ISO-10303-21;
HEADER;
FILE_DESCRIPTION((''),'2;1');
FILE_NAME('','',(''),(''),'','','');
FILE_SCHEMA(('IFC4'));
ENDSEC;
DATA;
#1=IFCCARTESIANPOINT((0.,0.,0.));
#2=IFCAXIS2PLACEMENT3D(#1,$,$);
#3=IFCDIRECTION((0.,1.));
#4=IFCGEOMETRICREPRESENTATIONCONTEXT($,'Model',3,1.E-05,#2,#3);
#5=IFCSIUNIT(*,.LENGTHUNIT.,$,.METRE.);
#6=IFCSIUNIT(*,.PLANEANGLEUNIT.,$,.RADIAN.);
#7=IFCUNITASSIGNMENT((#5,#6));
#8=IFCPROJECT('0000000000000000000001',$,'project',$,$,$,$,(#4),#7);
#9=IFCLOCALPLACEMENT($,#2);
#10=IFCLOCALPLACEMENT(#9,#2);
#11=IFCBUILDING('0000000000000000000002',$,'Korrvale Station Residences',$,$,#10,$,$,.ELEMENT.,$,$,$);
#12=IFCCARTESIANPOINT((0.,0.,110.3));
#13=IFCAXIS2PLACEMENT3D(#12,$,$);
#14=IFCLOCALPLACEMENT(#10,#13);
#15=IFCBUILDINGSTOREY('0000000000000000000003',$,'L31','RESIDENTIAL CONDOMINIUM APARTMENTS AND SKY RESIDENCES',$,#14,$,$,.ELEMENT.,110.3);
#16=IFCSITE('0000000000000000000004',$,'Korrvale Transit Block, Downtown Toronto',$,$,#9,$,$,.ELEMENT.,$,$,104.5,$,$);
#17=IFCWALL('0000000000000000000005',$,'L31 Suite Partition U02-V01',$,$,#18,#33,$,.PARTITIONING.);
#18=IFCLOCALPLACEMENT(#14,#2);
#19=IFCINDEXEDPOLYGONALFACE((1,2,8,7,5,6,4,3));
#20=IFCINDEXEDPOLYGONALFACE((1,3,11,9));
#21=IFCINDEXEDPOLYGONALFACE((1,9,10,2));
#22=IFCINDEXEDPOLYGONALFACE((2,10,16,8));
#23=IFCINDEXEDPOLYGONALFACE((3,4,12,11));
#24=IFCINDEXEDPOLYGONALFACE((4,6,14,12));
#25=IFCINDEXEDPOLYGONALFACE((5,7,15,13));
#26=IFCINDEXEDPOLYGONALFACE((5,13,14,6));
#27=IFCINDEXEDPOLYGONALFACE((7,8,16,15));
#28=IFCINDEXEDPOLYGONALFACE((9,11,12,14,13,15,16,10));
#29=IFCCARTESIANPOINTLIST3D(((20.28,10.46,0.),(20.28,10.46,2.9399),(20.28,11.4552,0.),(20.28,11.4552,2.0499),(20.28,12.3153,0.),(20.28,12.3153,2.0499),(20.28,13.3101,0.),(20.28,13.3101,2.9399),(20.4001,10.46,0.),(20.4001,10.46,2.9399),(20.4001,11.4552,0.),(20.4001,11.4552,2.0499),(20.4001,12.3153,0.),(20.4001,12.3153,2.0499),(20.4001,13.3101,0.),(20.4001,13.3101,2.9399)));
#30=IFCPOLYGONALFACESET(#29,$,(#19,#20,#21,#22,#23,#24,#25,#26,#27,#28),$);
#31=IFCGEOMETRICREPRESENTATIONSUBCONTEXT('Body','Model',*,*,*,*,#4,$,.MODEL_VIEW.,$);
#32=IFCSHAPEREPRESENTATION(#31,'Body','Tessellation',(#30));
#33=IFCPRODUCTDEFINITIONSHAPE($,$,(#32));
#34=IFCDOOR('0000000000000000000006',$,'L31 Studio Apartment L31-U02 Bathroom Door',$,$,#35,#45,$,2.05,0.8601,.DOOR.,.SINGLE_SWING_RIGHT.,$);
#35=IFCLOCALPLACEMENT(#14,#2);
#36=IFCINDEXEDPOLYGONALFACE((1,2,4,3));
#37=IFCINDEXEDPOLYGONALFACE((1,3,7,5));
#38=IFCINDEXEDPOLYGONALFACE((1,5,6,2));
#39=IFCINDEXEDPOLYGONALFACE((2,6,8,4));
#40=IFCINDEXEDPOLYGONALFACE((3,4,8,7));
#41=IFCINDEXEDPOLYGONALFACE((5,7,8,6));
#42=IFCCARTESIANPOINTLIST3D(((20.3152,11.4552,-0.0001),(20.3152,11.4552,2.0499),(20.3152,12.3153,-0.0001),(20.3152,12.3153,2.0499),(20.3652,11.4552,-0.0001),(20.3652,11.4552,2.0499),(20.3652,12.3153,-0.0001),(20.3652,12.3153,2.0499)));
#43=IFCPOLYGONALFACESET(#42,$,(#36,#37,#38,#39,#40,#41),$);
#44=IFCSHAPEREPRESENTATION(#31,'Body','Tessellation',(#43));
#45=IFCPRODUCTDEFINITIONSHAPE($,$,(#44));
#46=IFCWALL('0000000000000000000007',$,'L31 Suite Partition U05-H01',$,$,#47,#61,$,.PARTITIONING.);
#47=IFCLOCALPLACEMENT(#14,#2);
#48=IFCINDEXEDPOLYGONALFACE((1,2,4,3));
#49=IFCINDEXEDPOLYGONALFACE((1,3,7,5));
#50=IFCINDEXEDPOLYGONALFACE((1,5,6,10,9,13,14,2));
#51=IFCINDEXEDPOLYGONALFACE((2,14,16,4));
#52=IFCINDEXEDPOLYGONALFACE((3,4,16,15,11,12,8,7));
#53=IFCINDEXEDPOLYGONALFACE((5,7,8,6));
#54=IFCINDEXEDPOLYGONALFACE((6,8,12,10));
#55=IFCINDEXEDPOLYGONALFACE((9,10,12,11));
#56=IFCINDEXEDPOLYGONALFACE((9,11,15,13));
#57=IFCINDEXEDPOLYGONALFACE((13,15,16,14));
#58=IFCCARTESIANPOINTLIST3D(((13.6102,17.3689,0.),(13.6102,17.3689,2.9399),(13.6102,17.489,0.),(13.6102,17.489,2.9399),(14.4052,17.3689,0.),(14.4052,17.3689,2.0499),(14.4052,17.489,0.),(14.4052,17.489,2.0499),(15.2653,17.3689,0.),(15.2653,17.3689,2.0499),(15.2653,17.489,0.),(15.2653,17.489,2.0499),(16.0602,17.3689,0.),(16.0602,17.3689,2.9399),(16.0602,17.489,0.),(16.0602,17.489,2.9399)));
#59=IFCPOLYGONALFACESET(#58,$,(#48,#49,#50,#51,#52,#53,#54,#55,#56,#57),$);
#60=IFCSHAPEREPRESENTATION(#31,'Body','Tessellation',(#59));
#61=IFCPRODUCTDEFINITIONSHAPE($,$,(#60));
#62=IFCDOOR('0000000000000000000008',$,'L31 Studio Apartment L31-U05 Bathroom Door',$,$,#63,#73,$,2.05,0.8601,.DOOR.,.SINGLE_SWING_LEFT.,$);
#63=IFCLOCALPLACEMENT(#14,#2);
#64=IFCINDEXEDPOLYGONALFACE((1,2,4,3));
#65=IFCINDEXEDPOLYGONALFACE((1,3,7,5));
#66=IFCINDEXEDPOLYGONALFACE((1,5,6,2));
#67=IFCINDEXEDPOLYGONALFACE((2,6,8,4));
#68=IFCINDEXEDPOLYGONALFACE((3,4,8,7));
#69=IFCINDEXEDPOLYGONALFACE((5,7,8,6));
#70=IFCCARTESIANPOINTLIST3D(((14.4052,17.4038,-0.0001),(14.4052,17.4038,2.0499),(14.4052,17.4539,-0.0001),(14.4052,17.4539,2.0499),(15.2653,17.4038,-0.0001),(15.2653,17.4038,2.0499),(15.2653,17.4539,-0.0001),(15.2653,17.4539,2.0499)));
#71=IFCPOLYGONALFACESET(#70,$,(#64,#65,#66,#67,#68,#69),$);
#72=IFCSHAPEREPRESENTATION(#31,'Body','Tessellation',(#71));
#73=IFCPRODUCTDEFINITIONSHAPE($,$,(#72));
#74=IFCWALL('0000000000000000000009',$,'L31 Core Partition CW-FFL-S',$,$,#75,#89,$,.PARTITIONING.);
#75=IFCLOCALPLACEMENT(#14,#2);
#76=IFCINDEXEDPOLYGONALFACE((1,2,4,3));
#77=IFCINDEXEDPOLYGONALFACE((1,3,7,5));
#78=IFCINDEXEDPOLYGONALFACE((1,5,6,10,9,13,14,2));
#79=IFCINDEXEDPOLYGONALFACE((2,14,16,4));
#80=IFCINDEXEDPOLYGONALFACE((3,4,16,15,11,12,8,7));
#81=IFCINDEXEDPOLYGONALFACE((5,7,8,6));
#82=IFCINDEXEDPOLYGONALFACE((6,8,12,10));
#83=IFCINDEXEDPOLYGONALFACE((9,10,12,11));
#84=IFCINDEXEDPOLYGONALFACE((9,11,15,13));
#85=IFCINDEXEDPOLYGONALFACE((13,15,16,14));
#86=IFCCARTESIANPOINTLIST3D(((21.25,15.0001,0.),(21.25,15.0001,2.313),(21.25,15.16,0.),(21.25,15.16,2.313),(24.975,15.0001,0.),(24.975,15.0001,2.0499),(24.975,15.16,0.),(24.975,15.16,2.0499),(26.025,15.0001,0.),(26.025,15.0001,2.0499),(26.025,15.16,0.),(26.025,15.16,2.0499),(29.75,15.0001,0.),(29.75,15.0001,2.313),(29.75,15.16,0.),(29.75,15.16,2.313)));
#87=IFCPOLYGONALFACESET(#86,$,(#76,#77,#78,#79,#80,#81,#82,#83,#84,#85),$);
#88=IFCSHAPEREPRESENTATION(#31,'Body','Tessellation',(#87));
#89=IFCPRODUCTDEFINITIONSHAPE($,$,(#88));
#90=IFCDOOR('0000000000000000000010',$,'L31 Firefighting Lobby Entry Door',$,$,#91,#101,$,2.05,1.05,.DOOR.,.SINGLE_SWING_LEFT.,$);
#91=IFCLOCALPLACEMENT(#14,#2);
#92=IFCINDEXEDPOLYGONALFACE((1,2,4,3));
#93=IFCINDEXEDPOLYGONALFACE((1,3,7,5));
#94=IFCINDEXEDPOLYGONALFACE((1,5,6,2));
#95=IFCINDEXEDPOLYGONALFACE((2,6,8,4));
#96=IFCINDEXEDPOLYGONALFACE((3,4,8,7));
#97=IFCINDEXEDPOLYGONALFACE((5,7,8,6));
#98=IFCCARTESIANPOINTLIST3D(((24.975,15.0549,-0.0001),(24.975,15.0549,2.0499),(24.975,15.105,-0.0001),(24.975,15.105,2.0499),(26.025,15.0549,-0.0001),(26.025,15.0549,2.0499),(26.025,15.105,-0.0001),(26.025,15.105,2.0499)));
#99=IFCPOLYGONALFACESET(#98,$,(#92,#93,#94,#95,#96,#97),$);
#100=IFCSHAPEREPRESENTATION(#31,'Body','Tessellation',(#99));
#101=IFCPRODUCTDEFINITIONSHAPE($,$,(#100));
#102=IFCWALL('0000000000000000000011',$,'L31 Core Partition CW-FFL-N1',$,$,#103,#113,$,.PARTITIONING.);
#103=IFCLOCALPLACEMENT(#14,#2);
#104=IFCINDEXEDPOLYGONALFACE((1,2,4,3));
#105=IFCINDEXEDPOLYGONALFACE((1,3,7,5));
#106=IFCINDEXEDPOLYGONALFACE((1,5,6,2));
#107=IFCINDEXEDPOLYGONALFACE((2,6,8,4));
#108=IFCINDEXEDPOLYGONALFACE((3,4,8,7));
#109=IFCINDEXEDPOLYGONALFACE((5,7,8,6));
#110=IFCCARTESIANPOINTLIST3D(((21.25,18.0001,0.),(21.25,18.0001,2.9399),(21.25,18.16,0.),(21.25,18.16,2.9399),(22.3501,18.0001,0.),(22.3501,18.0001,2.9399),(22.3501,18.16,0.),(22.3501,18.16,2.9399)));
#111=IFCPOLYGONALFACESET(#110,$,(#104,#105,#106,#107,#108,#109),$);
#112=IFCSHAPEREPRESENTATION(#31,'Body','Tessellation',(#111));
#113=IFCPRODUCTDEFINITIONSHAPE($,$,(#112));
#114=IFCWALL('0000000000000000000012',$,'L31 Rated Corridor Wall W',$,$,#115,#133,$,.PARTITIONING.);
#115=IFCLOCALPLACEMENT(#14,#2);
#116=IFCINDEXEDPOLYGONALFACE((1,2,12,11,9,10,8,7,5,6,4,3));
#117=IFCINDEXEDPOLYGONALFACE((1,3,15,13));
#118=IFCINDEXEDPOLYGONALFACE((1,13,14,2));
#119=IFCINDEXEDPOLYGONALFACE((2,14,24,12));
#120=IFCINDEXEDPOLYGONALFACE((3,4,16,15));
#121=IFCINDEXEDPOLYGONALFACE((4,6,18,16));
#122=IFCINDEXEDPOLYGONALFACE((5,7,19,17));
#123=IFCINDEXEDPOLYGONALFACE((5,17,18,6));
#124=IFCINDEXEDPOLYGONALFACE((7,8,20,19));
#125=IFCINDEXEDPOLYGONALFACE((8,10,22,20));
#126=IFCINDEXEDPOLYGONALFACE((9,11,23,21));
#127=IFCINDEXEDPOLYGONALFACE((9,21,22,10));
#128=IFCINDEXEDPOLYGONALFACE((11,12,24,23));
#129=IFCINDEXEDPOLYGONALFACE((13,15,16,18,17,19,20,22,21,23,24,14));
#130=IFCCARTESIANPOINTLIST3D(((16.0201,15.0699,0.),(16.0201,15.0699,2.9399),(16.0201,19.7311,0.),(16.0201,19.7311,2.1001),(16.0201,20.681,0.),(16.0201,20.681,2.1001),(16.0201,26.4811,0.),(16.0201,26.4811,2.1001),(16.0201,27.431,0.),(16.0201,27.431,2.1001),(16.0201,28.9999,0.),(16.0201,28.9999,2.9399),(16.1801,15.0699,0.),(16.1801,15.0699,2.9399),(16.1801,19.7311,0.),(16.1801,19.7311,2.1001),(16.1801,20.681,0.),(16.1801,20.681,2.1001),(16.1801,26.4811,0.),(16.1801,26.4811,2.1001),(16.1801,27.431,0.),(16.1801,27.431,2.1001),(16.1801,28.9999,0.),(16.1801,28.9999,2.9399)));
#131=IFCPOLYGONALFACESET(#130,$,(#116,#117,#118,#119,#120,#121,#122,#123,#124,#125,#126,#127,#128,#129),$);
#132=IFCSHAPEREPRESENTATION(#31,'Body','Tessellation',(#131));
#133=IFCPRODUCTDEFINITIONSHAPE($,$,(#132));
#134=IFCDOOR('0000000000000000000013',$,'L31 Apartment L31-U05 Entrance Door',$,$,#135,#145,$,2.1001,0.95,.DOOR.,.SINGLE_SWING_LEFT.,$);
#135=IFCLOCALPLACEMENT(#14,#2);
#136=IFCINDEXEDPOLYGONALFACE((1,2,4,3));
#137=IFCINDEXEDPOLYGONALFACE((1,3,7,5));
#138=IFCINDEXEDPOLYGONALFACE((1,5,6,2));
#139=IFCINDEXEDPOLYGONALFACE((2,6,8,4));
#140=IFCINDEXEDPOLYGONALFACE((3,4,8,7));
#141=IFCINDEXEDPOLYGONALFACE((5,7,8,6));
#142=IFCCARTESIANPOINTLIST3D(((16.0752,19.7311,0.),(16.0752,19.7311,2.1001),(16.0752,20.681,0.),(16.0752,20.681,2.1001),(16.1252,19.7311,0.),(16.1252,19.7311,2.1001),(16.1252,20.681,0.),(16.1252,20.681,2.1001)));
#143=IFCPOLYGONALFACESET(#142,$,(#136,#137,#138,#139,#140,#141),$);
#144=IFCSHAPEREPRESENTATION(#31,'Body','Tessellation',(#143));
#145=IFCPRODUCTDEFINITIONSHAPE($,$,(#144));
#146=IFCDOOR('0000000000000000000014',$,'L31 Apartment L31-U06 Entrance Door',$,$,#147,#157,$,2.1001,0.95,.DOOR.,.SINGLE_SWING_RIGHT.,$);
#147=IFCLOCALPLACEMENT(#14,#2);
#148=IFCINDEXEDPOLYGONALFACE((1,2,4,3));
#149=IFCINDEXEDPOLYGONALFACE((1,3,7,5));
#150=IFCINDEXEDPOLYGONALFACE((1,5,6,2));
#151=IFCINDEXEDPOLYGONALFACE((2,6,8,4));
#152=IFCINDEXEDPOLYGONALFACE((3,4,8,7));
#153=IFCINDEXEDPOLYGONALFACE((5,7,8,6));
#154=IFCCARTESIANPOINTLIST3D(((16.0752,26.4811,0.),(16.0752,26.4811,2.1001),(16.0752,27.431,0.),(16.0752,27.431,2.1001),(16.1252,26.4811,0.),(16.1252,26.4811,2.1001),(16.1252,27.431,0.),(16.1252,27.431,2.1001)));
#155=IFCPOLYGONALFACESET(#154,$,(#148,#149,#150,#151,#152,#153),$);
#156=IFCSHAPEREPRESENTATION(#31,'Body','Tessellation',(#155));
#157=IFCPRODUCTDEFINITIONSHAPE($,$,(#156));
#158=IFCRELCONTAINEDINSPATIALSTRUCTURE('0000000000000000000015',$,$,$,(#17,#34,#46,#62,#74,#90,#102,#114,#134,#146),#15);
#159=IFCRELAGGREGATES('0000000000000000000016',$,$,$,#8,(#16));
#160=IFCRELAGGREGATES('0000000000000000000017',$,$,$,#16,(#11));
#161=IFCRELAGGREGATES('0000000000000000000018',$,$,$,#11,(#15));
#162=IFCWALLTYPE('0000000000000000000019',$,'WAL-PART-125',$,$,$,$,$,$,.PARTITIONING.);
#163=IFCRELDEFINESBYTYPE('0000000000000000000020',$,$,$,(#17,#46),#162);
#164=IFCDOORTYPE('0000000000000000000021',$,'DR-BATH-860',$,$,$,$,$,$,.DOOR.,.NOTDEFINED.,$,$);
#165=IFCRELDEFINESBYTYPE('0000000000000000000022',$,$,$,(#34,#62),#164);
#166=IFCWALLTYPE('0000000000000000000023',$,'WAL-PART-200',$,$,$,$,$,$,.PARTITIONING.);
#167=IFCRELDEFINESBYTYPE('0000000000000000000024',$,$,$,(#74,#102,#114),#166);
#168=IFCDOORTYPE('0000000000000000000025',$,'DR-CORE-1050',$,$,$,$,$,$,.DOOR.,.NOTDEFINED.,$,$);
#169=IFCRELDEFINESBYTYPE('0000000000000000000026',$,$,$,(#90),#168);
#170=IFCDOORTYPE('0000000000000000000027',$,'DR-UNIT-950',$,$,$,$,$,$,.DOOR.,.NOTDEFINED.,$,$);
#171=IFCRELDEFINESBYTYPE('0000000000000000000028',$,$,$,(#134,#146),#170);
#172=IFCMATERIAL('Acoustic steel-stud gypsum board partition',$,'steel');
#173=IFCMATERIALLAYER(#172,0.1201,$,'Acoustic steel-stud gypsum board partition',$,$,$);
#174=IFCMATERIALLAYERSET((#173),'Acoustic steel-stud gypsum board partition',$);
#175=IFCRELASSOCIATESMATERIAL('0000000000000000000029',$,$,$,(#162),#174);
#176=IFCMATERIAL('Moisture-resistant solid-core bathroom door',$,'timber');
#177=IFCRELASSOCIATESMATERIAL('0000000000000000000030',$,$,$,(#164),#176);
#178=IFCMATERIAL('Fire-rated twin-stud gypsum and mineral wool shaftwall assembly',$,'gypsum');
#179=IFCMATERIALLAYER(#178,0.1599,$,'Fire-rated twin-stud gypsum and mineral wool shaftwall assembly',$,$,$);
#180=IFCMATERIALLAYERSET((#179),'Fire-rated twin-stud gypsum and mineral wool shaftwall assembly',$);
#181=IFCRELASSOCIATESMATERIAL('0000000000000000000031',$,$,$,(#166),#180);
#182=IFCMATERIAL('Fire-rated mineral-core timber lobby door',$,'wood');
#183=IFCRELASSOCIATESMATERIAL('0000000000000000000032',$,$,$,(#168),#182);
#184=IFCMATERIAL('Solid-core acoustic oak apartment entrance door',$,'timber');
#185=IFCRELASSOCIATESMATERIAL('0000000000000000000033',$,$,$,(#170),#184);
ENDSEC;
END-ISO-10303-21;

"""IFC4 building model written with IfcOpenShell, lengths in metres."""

from ifc_helpers import new_model, si_unit, direction, frame, frame_2d, origin, place, context, subcontext, project, spatial, rectangle, extrude, material, layer, layer_set, type_object, element, fill, save


model = new_model("IFC4")

# Units and contexts
model_context = context("Model", 3, precision=1e-05, world=origin(), true_north=direction((0.0, 1.0)))
body_context = subcontext(model_context, "Body", "Model", "MODEL_VIEW")
ifc_project = project(units=[si_unit("LENGTHUNIT", "METRE"), si_unit("PLANEANGLEUNIT", "RADIAN")], contexts=[model_context])

# Site, building, storey
site_placement = place(None, origin())
site = spatial("IfcSite", under=ifc_project, at=site_placement, Name="Korrvale Transit Block, Downtown Toronto", CompositionType="ELEMENT", RefElevation=104.5)
building_placement = place(site_placement, origin())
building = spatial("IfcBuilding", under=site, at=building_placement, Name="Korrvale Station Residences", CompositionType="ELEMENT")
storey_placement = place(building_placement, frame((0.0, 0.0, 110.3)))
storey = spatial("IfcBuildingStorey", under=building, at=storey_placement, Name="L31", Description="RESIDENTIAL CONDOMINIUM APARTMENTS AND SKY RESIDENCES", CompositionType="ELEMENT", Elevation=110.3)

# Shared definitions
ifc_material_1 = material(Name="Acoustic steel-stud gypsum board partition", Category="steel")
ifc_layer_1 = layer(ifc_material_1, 0.1201, Name="Acoustic steel-stud gypsum board partition")
ifc_layer_set_1 = layer_set([ifc_layer_1], Name="Acoustic steel-stud gypsum board partition")
wall_type_1 = type_object("IfcWallType", Name="WAL-PART-125", PredefinedType="PARTITIONING", material=ifc_layer_set_1)

# Walls, openings, doors
wall_1_placement = place(storey_placement, frame((20.3401, 10.46, 0.0), z_axis=(0.0, 0.0, 1.0), x_axis=(0.0, 1.0, 0.0)))
wall_1 = element("IfcWall", 1, at=wall_1_placement, inside=storey, type_object=wall_type_1, Name="L31 Suite Partition U02-V01", PredefinedType="PARTITIONING", context=body_context, shape_type="SweptSolid", body=[
    extrude(rectangle(XDim=2.8501, YDim=0.1201, at=frame_2d((1.425, 0.0))), origin(), (0.0, 0.0, 1.0), 2.9399),
])
opening_1_placement = place(wall_1_placement, frame((0.9951, 0.0, 0.0)))
opening_1 = element("IfcOpeningElement", 2, at=opening_1_placement, cuts=wall_1, PredefinedType="OPENING", context=body_context, shape_type="SweptSolid", body=[
    extrude(rectangle(XDim=0.8601, YDim=2.05, at=frame_2d((0.4302, 1.0249))), frame((0.0, 0.0701, 0.0), z_axis=(0.0, -1.0, 0.0), x_axis=(1.0, 0.0, 0.0)), (0.0, 0.0, 1.0), 0.1401),
])
ifc_material_2 = material(Name="Moisture-resistant solid-core bathroom door", Category="timber")
door_type_1 = type_object("IfcDoorType", Name="DR-BATH-860", OperationType="NOTDEFINED", PredefinedType="DOOR", material=ifc_material_2)
door_1_placement = place(opening_1_placement, origin())
door_1 = element("IfcDoor", 3, at=door_1_placement, inside=storey, type_object=door_type_1, Name="L31 Studio Apartment L31-U02 Bathroom Door", OperationType="SINGLE_SWING_RIGHT", OverallHeight=2.05, OverallWidth=0.8601, PredefinedType="DOOR", context=body_context, shape_type="SweptSolid", body=[
    extrude(rectangle(XDim=0.8601, YDim=2.05, at=frame_2d((0.4302, 1.0249))), frame((0.0, 0.0249, 0.0), z_axis=(0.0, -1.0, 0.0), x_axis=(1.0, 0.0, 0.0)), (0.0, 0.0, 1.0), 0.05),
])
fill(opening_1, door_1)
wall_2_placement = place(storey_placement, frame((13.6101, 17.429, 0.0), z_axis=(0.0, 0.0, 1.0), x_axis=(1.0, 0.0, 0.0)))
wall_2 = element("IfcWall", 4, at=wall_2_placement, inside=storey, type_object=wall_type_1, Name="L31 Suite Partition U05-H01", PredefinedType="PARTITIONING", context=body_context, shape_type="SweptSolid", body=[
    extrude(rectangle(XDim=2.45, YDim=0.1201, at=frame_2d((1.2251, 0.0))), origin(), (0.0, 0.0, 1.0), 2.9399),
])
opening_2_placement = place(wall_2_placement, frame((0.7949, 0.0, 0.0)))
opening_2 = element("IfcOpeningElement", 5, at=opening_2_placement, cuts=wall_2, PredefinedType="OPENING", context=body_context, shape_type="SweptSolid", body=[
    extrude(rectangle(XDim=0.8601, YDim=2.05, at=frame_2d((0.4302, 1.0249))), frame((0.0, 0.0701, 0.0), z_axis=(0.0, -1.0, 0.0), x_axis=(1.0, 0.0, 0.0)), (0.0, 0.0, 1.0), 0.1401),
])
door_2_placement = place(opening_2_placement, origin())
door_2 = element("IfcDoor", 6, at=door_2_placement, inside=storey, type_object=door_type_1, Name="L31 Studio Apartment L31-U05 Bathroom Door", OperationType="SINGLE_SWING_LEFT", OverallHeight=2.05, OverallWidth=0.8601, PredefinedType="DOOR", context=body_context, shape_type="SweptSolid", body=[
    extrude(rectangle(XDim=0.8601, YDim=2.05, at=frame_2d((0.4302, 1.0249))), frame((0.0, 0.0249, 0.0), z_axis=(0.0, -1.0, 0.0), x_axis=(1.0, 0.0, 0.0)), (0.0, 0.0, 1.0), 0.05),
])
fill(opening_2, door_2)
ifc_material_3 = material(Name="Fire-rated twin-stud gypsum and mineral wool shaftwall assembly", Category="gypsum")
ifc_layer_2 = layer(ifc_material_3, 0.1599, Name="Fire-rated twin-stud gypsum and mineral wool shaftwall assembly")
ifc_layer_set_2 = layer_set([ifc_layer_2], Name="Fire-rated twin-stud gypsum and mineral wool shaftwall assembly")
wall_type_2 = type_object("IfcWallType", Name="WAL-PART-200", PredefinedType="PARTITIONING", material=ifc_layer_set_2)
wall_3_placement = place(storey_placement, frame((21.25, 15.0801, 0.0), z_axis=(0.0, 0.0, 1.0), x_axis=(1.0, 0.0, 0.0)))
wall_3 = element("IfcWall", 7, at=wall_3_placement, inside=storey, type_object=wall_type_2, Name="L31 Core Partition CW-FFL-S", PredefinedType="PARTITIONING", context=body_context, shape_type="SweptSolid", body=[
    extrude(rectangle(XDim=8.5, YDim=0.1599, at=frame_2d((4.25, 0.0))), origin(), (0.0, 0.0, 1.0), 2.313),
])
opening_3_placement = place(wall_3_placement, frame((3.7251, 0.0, 0.0)))
opening_3 = element("IfcOpeningElement", 8, at=opening_3_placement, cuts=wall_3, PredefinedType="OPENING", context=body_context, shape_type="SweptSolid", body=[
    extrude(rectangle(XDim=1.05, YDim=2.05, at=frame_2d((0.5249, 1.0249))), frame((0.0, 0.0898, 0.0), z_axis=(0.0, -1.0, 0.0), x_axis=(1.0, 0.0, 0.0)), (0.0, 0.0, 1.0), 0.1799),
])
ifc_material_4 = material(Name="Fire-rated mineral-core timber lobby door", Category="wood")
door_type_2 = type_object("IfcDoorType", Name="DR-CORE-1050", OperationType="NOTDEFINED", PredefinedType="DOOR", material=ifc_material_4)
door_3_placement = place(opening_3_placement, origin())
door_3 = element("IfcDoor", 9, at=door_3_placement, inside=storey, type_object=door_type_2, Name="L31 Firefighting Lobby Entry Door", OperationType="SINGLE_SWING_LEFT", OverallHeight=2.05, OverallWidth=1.05, PredefinedType="DOOR", context=body_context, shape_type="SweptSolid", body=[
    extrude(rectangle(XDim=1.05, YDim=2.05, at=frame_2d((0.5249, 1.0249))), frame((0.0, 0.0249, 0.0), z_axis=(0.0, -1.0, 0.0), x_axis=(1.0, 0.0, 0.0)), (0.0, 0.0, 1.0), 0.05),
])
fill(opening_3, door_3)

# Wall
wall_4_placement = place(storey_placement, frame((21.25, 18.0801, 0.0), z_axis=(0.0, 0.0, 1.0), x_axis=(1.0, 0.0, 0.0)))
element("IfcWall", 10, at=wall_4_placement, inside=storey, type_object=wall_type_2, Name="L31 Core Partition CW-FFL-N1", PredefinedType="PARTITIONING", context=body_context, shape_type="SweptSolid", body=[
    extrude(rectangle(XDim=1.1001, YDim=0.1599, at=frame_2d((0.55, 0.0))), origin(), (0.0, 0.0, 1.0), 2.9399),
])

# Wall, openings, doors
wall_5_placement = place(storey_placement, frame((16.1001, 15.0701, 0.0), z_axis=(0.0, 0.0, 1.0), x_axis=(0.0, 1.0, 0.0)))
wall_5 = element("IfcWall", 11, at=wall_5_placement, inside=storey, type_object=wall_type_2, Name="L31 Rated Corridor Wall W", PredefinedType="PARTITIONING", context=body_context, shape_type="SweptSolid", body=[
    extrude(rectangle(XDim=13.9299, YDim=0.1599, at=frame_2d((6.9648, 0.0))), origin(), (0.0, 0.0, 1.0), 2.9399),
])
opening_4_placement = place(wall_5_placement, frame((4.6609, 0.0, 0.0)))
opening_4 = element("IfcOpeningElement", 12, at=opening_4_placement, cuts=wall_5, PredefinedType="OPENING", context=body_context, shape_type="SweptSolid", body=[
    extrude(rectangle(XDim=0.95, YDim=2.1001, at=frame_2d((0.4751, 1.05))), frame((0.0, 0.0898, 0.0), z_axis=(0.0, -1.0, 0.0), x_axis=(1.0, 0.0, 0.0)), (0.0, 0.0, 1.0), 0.1799),
])
opening_5_placement = place(wall_5_placement, frame((11.4109, 0.0, 0.0)))
opening_5 = element("IfcOpeningElement", 13, at=opening_5_placement, cuts=wall_5, PredefinedType="OPENING", context=body_context, shape_type="SweptSolid", body=[
    extrude(rectangle(XDim=0.95, YDim=2.1001, at=frame_2d((0.4751, 1.05))), frame((0.0, 0.0898, 0.0), z_axis=(0.0, -1.0, 0.0), x_axis=(1.0, 0.0, 0.0)), (0.0, 0.0, 1.0), 0.1799),
])
ifc_material_5 = material(Name="Solid-core acoustic oak apartment entrance door", Category="timber")
door_type_3 = type_object("IfcDoorType", Name="DR-UNIT-950", OperationType="NOTDEFINED", PredefinedType="DOOR", material=ifc_material_5)
door_4_placement = place(opening_4_placement, origin())
door_4 = element("IfcDoor", 14, at=door_4_placement, inside=storey, type_object=door_type_3, Name="L31 Apartment L31-U05 Entrance Door", OperationType="SINGLE_SWING_LEFT", OverallHeight=2.1001, OverallWidth=0.95, PredefinedType="DOOR", context=body_context, shape_type="SweptSolid", body=[
    extrude(rectangle(XDim=0.95, YDim=2.1001, at=frame_2d((0.4751, 1.05))), frame((0.0, 0.0249, 0.0), z_axis=(0.0, -1.0, 0.0), x_axis=(1.0, 0.0, 0.0)), (0.0, 0.0, 1.0), 0.05),
])
fill(opening_4, door_4)
door_5_placement = place(opening_5_placement, origin())
door_5 = element("IfcDoor", 15, at=door_5_placement, inside=storey, type_object=door_type_3, Name="L31 Apartment L31-U06 Entrance Door", OperationType="SINGLE_SWING_RIGHT", OverallHeight=2.1001, OverallWidth=0.95, PredefinedType="DOOR", context=body_context, shape_type="SweptSolid", body=[
    extrude(rectangle(XDim=0.95, YDim=2.1001, at=frame_2d((0.4751, 1.05))), frame((0.0, 0.0249, 0.0), z_axis=(0.0, -1.0, 0.0), x_axis=(1.0, 0.0, 0.0)), (0.0, 0.0, 1.0), 0.05),
])
fill(opening_5, door_5)

save(model, "model.ifc")
